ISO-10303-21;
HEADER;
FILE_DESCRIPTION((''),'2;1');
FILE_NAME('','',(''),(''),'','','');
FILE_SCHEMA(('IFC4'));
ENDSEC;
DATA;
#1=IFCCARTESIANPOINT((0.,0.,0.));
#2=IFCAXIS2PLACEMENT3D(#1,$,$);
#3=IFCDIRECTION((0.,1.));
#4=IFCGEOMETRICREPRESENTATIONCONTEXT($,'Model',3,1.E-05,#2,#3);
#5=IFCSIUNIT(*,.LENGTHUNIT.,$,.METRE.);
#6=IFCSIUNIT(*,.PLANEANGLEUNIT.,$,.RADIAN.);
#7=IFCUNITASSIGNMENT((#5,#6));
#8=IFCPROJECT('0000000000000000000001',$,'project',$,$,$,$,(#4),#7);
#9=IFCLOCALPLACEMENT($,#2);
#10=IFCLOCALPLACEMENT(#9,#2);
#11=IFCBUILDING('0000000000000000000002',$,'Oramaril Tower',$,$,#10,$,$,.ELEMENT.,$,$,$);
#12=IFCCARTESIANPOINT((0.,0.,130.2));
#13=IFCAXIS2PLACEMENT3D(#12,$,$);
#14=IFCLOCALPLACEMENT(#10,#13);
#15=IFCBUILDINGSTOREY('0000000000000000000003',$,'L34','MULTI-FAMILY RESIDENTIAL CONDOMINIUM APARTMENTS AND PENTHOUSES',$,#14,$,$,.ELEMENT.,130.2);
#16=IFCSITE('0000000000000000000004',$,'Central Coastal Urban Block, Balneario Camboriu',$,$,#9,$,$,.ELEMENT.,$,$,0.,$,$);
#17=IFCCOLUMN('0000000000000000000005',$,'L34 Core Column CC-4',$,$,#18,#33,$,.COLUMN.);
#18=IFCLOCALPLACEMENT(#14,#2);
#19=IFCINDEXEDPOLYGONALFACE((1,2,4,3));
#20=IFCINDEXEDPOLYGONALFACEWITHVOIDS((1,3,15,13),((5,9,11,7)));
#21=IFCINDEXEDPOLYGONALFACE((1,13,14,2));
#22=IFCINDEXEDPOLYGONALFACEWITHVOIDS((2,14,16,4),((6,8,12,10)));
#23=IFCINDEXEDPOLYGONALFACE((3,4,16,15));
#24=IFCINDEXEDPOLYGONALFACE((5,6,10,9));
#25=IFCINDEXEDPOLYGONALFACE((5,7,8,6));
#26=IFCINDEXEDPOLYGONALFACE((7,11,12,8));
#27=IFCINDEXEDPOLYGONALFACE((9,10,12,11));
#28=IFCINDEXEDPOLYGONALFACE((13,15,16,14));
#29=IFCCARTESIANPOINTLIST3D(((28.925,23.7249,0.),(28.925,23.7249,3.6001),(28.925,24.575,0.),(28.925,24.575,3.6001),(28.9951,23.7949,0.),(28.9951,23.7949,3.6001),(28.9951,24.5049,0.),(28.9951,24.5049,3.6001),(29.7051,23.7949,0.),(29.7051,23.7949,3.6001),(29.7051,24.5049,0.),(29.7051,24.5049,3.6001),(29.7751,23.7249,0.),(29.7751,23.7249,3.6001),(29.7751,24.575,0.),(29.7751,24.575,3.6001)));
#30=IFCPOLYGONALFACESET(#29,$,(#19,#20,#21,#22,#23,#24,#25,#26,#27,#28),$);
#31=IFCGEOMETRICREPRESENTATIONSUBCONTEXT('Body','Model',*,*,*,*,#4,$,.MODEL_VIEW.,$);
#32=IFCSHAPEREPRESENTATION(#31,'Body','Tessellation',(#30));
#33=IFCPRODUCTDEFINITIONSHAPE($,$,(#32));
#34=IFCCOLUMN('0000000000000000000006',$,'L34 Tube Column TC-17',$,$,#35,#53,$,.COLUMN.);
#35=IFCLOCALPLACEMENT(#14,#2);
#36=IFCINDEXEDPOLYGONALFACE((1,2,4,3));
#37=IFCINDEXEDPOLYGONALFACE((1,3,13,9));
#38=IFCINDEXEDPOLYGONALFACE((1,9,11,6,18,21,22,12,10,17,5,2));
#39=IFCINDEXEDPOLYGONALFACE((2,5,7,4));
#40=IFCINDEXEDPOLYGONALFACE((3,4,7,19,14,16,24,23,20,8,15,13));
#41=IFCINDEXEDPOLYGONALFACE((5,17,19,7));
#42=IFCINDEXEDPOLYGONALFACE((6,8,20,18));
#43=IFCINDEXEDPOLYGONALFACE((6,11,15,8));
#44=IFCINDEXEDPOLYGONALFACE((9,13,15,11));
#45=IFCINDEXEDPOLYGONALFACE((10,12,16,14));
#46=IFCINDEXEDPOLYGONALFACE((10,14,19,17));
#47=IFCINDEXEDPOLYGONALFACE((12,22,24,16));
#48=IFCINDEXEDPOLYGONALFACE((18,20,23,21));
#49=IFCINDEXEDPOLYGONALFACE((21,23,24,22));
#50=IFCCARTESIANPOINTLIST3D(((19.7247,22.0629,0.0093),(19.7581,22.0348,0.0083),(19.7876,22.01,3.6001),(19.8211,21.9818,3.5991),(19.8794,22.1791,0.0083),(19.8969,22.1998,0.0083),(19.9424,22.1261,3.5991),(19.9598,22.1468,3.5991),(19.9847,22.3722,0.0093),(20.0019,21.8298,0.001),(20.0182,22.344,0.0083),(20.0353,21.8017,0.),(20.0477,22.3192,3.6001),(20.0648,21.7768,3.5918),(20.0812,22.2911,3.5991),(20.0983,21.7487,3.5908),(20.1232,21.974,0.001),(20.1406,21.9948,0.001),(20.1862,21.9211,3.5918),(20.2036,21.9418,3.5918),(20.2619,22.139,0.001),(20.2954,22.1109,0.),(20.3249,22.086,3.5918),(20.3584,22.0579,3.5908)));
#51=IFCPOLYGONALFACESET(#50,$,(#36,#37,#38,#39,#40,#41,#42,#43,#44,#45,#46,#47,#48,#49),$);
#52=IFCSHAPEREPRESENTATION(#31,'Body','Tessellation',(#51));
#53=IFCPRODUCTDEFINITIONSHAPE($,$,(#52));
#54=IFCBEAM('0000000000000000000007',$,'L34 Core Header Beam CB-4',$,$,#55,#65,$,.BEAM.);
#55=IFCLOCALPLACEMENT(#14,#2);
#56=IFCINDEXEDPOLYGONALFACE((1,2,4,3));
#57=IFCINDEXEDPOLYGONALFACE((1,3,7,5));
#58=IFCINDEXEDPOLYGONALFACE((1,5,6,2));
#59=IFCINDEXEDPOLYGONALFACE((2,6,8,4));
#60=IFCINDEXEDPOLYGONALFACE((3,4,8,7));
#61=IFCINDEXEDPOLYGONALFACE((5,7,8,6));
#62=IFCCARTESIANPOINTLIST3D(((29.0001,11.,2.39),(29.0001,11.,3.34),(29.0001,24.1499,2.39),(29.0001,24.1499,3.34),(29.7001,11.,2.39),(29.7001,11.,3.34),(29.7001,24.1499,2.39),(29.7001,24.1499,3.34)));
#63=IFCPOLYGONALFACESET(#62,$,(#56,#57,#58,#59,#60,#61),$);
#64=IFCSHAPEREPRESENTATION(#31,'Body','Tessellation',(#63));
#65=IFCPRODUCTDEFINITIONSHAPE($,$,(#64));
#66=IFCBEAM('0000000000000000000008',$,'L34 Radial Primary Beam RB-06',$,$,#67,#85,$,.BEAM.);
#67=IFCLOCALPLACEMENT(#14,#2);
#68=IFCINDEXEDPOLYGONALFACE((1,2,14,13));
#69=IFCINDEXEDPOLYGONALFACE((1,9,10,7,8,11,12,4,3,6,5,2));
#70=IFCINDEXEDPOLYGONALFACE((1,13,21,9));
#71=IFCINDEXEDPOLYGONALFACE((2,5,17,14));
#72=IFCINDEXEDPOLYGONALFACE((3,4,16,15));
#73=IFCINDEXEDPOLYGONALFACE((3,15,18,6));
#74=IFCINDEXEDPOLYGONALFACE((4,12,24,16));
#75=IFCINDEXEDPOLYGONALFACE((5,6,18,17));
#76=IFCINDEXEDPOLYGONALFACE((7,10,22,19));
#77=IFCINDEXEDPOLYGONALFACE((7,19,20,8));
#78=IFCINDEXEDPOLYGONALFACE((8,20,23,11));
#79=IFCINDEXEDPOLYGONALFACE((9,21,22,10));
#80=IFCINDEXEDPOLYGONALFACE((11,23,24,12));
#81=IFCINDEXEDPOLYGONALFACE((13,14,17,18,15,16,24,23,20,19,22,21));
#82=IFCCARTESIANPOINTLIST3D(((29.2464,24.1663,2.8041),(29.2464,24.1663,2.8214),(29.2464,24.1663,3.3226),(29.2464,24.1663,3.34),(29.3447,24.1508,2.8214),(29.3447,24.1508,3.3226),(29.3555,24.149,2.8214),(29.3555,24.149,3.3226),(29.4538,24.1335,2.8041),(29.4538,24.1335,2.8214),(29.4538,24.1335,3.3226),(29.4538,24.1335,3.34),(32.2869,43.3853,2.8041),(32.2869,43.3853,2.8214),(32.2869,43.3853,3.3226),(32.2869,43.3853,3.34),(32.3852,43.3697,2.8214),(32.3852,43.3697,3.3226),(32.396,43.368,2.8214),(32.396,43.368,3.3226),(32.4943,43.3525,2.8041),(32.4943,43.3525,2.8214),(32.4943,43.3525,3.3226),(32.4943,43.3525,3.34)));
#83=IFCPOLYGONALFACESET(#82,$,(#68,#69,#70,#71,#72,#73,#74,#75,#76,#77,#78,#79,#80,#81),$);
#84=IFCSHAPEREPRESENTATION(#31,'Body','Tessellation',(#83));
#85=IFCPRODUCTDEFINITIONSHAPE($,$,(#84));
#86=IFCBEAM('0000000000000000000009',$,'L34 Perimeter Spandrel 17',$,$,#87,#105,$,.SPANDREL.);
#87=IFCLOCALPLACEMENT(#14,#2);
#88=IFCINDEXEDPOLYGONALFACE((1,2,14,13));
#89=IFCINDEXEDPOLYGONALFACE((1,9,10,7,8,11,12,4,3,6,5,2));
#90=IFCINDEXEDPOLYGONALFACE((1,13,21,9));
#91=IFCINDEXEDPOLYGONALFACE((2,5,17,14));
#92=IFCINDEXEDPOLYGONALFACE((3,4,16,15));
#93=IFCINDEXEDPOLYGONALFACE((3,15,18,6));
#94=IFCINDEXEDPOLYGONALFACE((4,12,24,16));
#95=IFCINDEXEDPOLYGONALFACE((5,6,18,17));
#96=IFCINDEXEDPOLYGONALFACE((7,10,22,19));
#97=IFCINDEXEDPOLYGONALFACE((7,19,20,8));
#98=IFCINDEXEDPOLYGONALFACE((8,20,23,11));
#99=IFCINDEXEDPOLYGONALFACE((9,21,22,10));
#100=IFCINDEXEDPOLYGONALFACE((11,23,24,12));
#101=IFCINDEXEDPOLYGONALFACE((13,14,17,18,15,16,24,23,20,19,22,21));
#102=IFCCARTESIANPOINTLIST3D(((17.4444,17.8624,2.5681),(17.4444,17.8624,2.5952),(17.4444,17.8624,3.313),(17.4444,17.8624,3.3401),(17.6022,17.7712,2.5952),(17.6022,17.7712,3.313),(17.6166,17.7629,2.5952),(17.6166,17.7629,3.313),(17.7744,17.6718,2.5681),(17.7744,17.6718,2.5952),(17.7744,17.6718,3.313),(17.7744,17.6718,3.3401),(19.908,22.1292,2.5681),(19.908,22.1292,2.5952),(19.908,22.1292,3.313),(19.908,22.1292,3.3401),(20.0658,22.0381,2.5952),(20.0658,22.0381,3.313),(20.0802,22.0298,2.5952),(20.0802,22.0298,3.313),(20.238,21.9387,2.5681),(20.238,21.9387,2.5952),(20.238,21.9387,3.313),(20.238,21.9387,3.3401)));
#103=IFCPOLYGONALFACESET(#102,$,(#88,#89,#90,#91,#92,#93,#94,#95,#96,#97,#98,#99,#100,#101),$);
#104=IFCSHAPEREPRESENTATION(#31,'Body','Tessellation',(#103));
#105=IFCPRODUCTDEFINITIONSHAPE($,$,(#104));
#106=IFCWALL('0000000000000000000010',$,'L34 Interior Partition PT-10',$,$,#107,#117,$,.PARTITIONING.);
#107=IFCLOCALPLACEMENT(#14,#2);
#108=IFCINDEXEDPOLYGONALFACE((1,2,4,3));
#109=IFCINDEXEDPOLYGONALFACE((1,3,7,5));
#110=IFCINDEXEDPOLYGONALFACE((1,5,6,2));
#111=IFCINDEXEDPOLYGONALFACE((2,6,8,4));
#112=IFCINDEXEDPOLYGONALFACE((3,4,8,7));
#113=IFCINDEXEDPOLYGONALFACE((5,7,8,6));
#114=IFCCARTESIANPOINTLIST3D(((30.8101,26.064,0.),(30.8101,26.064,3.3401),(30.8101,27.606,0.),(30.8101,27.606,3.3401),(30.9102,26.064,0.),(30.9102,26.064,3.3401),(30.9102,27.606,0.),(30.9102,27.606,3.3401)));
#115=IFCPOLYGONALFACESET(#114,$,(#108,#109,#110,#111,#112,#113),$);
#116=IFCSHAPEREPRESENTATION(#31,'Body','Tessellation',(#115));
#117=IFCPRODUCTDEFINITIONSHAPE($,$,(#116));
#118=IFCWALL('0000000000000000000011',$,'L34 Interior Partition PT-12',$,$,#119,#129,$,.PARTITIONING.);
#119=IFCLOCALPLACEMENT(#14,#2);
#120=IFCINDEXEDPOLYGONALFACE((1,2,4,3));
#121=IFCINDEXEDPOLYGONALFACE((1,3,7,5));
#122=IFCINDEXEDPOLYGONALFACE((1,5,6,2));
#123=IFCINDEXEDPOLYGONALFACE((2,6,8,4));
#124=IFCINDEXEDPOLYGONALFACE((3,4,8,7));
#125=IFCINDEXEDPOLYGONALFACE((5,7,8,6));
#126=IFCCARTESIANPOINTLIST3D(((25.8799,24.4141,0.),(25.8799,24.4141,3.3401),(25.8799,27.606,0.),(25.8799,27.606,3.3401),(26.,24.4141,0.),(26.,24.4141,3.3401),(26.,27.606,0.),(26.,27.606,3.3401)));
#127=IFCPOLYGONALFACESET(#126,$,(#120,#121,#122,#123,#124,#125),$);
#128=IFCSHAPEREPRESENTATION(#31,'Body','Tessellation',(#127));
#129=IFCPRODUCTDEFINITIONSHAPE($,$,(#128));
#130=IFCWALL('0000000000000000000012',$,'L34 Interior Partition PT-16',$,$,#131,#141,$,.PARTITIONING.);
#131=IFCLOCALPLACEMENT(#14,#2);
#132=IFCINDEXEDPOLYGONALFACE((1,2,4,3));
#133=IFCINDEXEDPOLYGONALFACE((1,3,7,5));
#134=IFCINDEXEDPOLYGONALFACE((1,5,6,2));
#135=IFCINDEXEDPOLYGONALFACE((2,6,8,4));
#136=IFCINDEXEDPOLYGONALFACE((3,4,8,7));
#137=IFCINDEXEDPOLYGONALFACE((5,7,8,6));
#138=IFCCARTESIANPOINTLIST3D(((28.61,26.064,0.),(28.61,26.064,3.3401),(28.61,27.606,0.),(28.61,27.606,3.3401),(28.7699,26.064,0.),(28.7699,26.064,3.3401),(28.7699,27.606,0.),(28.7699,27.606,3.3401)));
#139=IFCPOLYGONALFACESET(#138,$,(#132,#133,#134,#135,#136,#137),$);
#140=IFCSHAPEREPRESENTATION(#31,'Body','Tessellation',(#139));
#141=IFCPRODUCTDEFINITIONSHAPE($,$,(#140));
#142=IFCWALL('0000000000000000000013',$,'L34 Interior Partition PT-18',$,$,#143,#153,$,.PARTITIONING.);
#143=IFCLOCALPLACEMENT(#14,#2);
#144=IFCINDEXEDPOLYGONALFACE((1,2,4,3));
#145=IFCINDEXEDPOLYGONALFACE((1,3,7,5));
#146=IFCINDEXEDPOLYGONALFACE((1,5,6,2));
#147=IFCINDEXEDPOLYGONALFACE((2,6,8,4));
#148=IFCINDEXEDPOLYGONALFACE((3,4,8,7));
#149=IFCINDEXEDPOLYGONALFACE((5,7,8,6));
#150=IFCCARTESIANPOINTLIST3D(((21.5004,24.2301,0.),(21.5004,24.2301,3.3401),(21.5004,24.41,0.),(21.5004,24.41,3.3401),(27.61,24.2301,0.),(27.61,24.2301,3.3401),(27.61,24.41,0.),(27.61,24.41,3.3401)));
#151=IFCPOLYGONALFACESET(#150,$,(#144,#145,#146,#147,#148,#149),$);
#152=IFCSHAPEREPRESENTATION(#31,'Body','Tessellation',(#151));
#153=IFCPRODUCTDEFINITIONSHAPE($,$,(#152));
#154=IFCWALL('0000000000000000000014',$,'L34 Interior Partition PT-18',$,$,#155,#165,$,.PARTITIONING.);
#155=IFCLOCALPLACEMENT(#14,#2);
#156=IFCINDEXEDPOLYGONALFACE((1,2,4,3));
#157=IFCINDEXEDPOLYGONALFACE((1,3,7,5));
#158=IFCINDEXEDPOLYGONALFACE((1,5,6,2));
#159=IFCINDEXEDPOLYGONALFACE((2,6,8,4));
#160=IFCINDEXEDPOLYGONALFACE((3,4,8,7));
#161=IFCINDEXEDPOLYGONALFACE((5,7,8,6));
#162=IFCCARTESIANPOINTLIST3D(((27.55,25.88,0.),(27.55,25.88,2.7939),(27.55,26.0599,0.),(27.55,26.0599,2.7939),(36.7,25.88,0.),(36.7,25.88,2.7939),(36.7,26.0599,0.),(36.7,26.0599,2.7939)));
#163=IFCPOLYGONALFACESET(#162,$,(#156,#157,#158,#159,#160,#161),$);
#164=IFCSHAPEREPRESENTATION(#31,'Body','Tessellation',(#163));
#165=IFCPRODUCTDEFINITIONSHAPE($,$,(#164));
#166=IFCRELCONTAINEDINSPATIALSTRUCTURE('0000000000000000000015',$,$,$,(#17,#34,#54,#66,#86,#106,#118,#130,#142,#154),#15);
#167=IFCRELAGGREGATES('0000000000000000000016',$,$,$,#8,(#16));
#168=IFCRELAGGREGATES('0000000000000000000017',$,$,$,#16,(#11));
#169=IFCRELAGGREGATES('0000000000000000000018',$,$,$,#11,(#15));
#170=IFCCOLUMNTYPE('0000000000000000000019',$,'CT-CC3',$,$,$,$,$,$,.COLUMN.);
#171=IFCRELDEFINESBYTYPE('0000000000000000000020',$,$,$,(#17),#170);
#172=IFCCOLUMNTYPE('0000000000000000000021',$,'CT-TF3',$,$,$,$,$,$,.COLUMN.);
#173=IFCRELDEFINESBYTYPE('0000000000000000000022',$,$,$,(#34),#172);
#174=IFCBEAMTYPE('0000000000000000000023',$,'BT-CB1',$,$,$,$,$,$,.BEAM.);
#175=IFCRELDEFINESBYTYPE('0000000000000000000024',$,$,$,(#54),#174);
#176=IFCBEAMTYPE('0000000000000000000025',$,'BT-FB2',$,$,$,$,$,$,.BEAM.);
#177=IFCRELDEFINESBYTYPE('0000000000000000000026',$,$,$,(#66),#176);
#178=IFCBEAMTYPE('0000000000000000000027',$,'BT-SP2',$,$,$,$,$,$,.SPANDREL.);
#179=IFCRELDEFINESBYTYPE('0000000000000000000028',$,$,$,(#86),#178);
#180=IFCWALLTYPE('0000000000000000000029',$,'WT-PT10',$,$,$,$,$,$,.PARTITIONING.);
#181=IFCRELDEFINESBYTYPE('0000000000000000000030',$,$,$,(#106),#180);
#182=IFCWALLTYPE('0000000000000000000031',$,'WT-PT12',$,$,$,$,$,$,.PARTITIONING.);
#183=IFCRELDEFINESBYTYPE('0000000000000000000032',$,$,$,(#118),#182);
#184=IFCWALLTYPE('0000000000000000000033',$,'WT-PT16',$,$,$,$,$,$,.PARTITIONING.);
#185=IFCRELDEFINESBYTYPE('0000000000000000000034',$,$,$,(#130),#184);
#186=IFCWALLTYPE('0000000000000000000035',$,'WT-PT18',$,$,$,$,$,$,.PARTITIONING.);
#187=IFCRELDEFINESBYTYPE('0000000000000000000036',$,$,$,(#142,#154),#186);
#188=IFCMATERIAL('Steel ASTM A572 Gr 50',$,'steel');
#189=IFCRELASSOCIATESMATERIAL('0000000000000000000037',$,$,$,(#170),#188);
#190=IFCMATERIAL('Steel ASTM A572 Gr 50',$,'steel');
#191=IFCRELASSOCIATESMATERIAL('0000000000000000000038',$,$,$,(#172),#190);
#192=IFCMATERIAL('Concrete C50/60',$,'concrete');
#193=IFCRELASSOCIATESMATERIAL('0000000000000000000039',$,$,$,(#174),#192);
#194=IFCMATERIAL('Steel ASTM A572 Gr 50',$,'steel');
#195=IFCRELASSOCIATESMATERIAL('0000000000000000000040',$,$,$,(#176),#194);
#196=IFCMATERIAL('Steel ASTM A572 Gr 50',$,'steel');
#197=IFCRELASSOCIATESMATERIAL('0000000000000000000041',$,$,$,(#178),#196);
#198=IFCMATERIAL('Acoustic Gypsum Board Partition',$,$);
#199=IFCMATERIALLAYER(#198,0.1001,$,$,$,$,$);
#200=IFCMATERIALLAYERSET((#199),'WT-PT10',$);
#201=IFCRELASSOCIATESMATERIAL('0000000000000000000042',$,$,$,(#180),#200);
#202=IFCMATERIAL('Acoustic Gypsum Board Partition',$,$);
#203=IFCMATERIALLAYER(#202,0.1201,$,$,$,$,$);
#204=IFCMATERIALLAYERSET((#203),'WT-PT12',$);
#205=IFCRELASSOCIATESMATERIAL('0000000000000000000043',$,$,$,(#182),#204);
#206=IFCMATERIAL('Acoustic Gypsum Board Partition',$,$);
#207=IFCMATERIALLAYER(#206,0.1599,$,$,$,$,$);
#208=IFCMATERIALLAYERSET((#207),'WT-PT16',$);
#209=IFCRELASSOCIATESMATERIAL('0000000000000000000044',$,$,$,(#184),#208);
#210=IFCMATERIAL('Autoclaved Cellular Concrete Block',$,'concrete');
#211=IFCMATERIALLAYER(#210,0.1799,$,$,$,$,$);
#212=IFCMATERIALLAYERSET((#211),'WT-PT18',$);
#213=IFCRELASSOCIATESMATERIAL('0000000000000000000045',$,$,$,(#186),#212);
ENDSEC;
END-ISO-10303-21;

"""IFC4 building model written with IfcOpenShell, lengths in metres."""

from ifc_helpers import new_model, si_unit, direction, frame, frame_2d, origin, origin_2d, place, context, subcontext, project, spatial, rectangle, hollow_rectangle, i_section, extrude, material, layer, layer_set, material_profile, profile_set, type_object, element, save


model = new_model("IFC4")

# Units and contexts
model_context = context("Model", 3, precision=1e-05, world=origin(), true_north=direction((0.0, 1.0)))
body_context = subcontext(model_context, "Body", "Model", "MODEL_VIEW")
ifc_project = project(units=[si_unit("LENGTHUNIT", "METRE"), si_unit("PLANEANGLEUNIT", "RADIAN")], contexts=[model_context])

# Site, building, storey
site_placement = place(None, origin())
site = spatial("IfcSite", under=ifc_project, at=site_placement, Name="Central Coastal Urban Block, Balneario Camboriu", CompositionType="ELEMENT", RefElevation=0.0)
building_placement = place(site_placement, origin())
building = spatial("IfcBuilding", under=site, at=building_placement, Name="Oramaril Tower", CompositionType="ELEMENT")
storey_placement = place(building_placement, frame((0.0, 0.0, 130.2)))
storey = spatial("IfcBuildingStorey", under=building, at=storey_placement, Name="L34", Description="MULTI-FAMILY RESIDENTIAL CONDOMINIUM APARTMENTS AND PENTHOUSES", CompositionType="ELEMENT", Elevation=130.2)

# Columns
ifc_material_1 = material(Name="Steel ASTM A572 Gr 50", Category="steel")
ifc_material_profile_1 = material_profile(ifc_material_1, hollow_rectangle(XDim=0.8501, YDim=0.8501, WallThickness=0.0701, at=origin_2d()), Name="BOX850X850X70")
ifc_profile_set_1 = profile_set([ifc_material_profile_1], Name="Steel ASTM A572 Gr 50")
column_type_1 = type_object("IfcColumnType", Name="CT-CC3", PredefinedType="COLUMN", material=ifc_profile_set_1)
column_1_placement = place(storey_placement, frame((29.3501, 24.1499, 0.0), z_axis=(0.0, 0.0, 1.0), x_axis=(1.0, 0.0, 0.0)))
element("IfcColumn", 1, at=column_1_placement, inside=storey, type_object=column_type_1, Name="L34 Core Column CC-4", PredefinedType="COLUMN", context=body_context, shape_type="SweptSolid", body=[
    extrude(hollow_rectangle(XDim=0.8501, YDim=0.8501, WallThickness=0.0701, at=origin_2d()), origin(), (0.0, 0.0, 1.0), 3.6001),
])
ifc_material_2 = material(Name="Steel ASTM A572 Gr 50", Category="steel")
ifc_material_profile_2 = material_profile(ifc_material_2, i_section(OverallWidth=0.4041, OverallDepth=0.406, WebThickness=0.0271, FlangeThickness=0.0437, at=origin_2d()), Name="W14X233")
ifc_profile_set_2 = profile_set([ifc_material_profile_2], Name="Steel ASTM A572 Gr 50")
column_type_2 = type_object("IfcColumnType", Name="CT-TF3", PredefinedType="COLUMN", material=ifc_profile_set_2)
column_2_placement = place(storey_placement, frame((20.01, 22.0869, 0.0046), z_axis=(0.017537, -0.01475, 0.999737), x_axis=(0.643679, 0.765296, 0.0)))
element("IfcColumn", 2, at=column_2_placement, inside=storey, type_object=column_type_2, Name="L34 Tube Column TC-17", PredefinedType="COLUMN", context=body_context, shape_type="SweptSolid", body=[
    extrude(i_section(OverallWidth=0.4041, OverallDepth=0.406, WebThickness=0.0271, FlangeThickness=0.0437, at=origin_2d()), origin(), (0.0, 0.0, 1.0), 3.5918),
])

# Beams
ifc_material_3 = material(Name="Concrete C50/60", Category="concrete")
ifc_material_profile_3 = material_profile(ifc_material_3, rectangle(XDim=0.7, YDim=0.95, at=origin_2d()), Name="CB700X950")
ifc_profile_set_3 = profile_set([ifc_material_profile_3], Name="Concrete C50/60")
beam_type_1 = type_object("IfcBeamType", Name="BT-CB1", PredefinedType="BEAM", material=ifc_profile_set_3)
beam_1_placement = place(storey_placement, frame((29.3501, 24.1499, 2.865), z_axis=(0.0, -1.0, 0.0), x_axis=(1.0, 0.0, 0.0)))
element("IfcBeam", 3, at=beam_1_placement, inside=storey, type_object=beam_type_1, Name="L34 Core Header Beam CB-4", PredefinedType="BEAM", context=body_context, shape_type="SweptSolid", body=[
    extrude(rectangle(XDim=0.7, YDim=0.95, at=origin_2d()), origin(), (0.0, 0.0, 1.0), 13.1499),
])
ifc_material_4 = material(Name="Steel ASTM A572 Gr 50", Category="steel")
ifc_material_profile_4 = material_profile(ifc_material_4, i_section(OverallWidth=0.21, OverallDepth=0.5359, WebThickness=0.011, FlangeThickness=0.0173, at=origin_2d()), Name="W21X68")
ifc_profile_set_4 = profile_set([ifc_material_profile_4], Name="Steel ASTM A572 Gr 50")
beam_type_2 = type_object("IfcBeamType", Name="BT-FB2", PredefinedType="BEAM", material=ifc_profile_set_4)
beam_2_placement = place(storey_placement, frame((29.3501, 24.1499, 3.072), z_axis=(0.156261, 0.987716, 0.0), x_axis=(-0.987716, 0.156261, 0.0)))
element("IfcBeam", 4, at=beam_2_placement, inside=storey, type_object=beam_type_2, Name="L34 Radial Primary Beam RB-06", PredefinedType="BEAM", context=body_context, shape_type="SweptSolid", body=[
    extrude(i_section(OverallWidth=0.21, OverallDepth=0.5359, WebThickness=0.011, FlangeThickness=0.0173, at=origin_2d()), origin(), (0.0, 0.0, 1.0), 19.458),
])
ifc_material_5 = material(Name="Steel ASTM A572 Gr 50", Category="steel")
ifc_material_profile_5 = material_profile(ifc_material_5, i_section(OverallWidth=0.3811, OverallDepth=0.772, WebThickness=0.0166, FlangeThickness=0.0271, at=origin_2d()), Name="W30X173")
ifc_profile_set_5 = profile_set([ifc_material_profile_5], Name="Steel ASTM A572 Gr 50")
beam_type_3 = type_object("IfcBeamType", Name="BT-SP2", PredefinedType="SPANDREL", material=ifc_profile_set_5)
beam_3_placement = place(storey_placement, frame((20.073, 22.0339, 2.9541), z_axis=(-0.500024, -0.866011, 0.0), x_axis=(0.866011, -0.500024, 0.0)))
element("IfcBeam", 5, at=beam_3_placement, inside=storey, type_object=beam_type_3, Name="L34 Perimeter Spandrel 17", PredefinedType="SPANDREL", context=body_context, shape_type="SweptSolid", body=[
    extrude(i_section(OverallWidth=0.3811, OverallDepth=0.772, WebThickness=0.0166, FlangeThickness=0.0271, at=origin_2d()), origin(), (0.0, 0.0, 1.0), 4.927),
])

# Walls
ifc_material_6 = material(Name="Acoustic Gypsum Board Partition")
ifc_layer_1 = layer(ifc_material_6, 0.1001)
ifc_layer_set_1 = layer_set([ifc_layer_1], Name="WT-PT10")
wall_type_1 = type_object("IfcWallType", Name="WT-PT10", PredefinedType="PARTITIONING", material=ifc_layer_set_1)
wall_1_placement = place(storey_placement, frame((30.8601, 26.064, 0.0), z_axis=(0.0, 0.0, 1.0), x_axis=(0.0, 1.0, 0.0)))
element("IfcWall", 6, at=wall_1_placement, inside=storey, type_object=wall_type_1, Name="L34 Interior Partition PT-10", PredefinedType="PARTITIONING", context=body_context, shape_type="SweptSolid", body=[
    extrude(rectangle(XDim=1.542, YDim=0.1001, at=frame_2d((0.771, 0.0))), origin(), (0.0, 0.0, 1.0), 3.3401),
])
ifc_material_7 = material(Name="Acoustic Gypsum Board Partition")
ifc_layer_2 = layer(ifc_material_7, 0.1201)
ifc_layer_set_2 = layer_set([ifc_layer_2], Name="WT-PT12")
wall_type_2 = type_object("IfcWallType", Name="WT-PT12", PredefinedType="PARTITIONING", material=ifc_layer_set_2)
wall_2_placement = place(storey_placement, frame((25.9399, 24.4141, 0.0), z_axis=(0.0, 0.0, 1.0), x_axis=(0.0, 1.0, 0.0)))
element("IfcWall", 7, at=wall_2_placement, inside=storey, type_object=wall_type_2, Name="L34 Interior Partition PT-12", PredefinedType="PARTITIONING", context=body_context, shape_type="SweptSolid", body=[
    extrude(rectangle(XDim=3.1919, YDim=0.1201, at=frame_2d((1.5959, 0.0))), origin(), (0.0, 0.0, 1.0), 3.3401),
])
ifc_material_8 = material(Name="Acoustic Gypsum Board Partition")
ifc_layer_3 = layer(ifc_material_8, 0.1599)
ifc_layer_set_3 = layer_set([ifc_layer_3], Name="WT-PT16")
wall_type_3 = type_object("IfcWallType", Name="WT-PT16", PredefinedType="PARTITIONING", material=ifc_layer_set_3)
wall_3_placement = place(storey_placement, frame((28.6899, 26.064, 0.0), z_axis=(0.0, 0.0, 1.0), x_axis=(0.0, 1.0, 0.0)))
element("IfcWall", 8, at=wall_3_placement, inside=storey, type_object=wall_type_3, Name="L34 Interior Partition PT-16", PredefinedType="PARTITIONING", context=body_context, shape_type="SweptSolid", body=[
    extrude(rectangle(XDim=1.542, YDim=0.1599, at=frame_2d((0.771, 0.0))), origin(), (0.0, 0.0, 1.0), 3.3401),
])
ifc_material_9 = material(Name="Autoclaved Cellular Concrete Block", Category="concrete")
ifc_layer_4 = layer(ifc_material_9, 0.1799)
ifc_layer_set_4 = layer_set([ifc_layer_4], Name="WT-PT18")
wall_type_4 = type_object("IfcWallType", Name="WT-PT18", PredefinedType="PARTITIONING", material=ifc_layer_set_4)
wall_4_placement = place(storey_placement, frame((21.5005, 24.3201, 0.0), z_axis=(0.0, 0.0, 1.0), x_axis=(1.0, 0.0, 0.0)))
element("IfcWall", 9, at=wall_4_placement, inside=storey, type_object=wall_type_4, Name="L34 Interior Partition PT-18", PredefinedType="PARTITIONING", context=body_context, shape_type="SweptSolid", body=[
    extrude(rectangle(XDim=6.1096, YDim=0.1799, at=frame_2d((3.0547, 0.0))), origin(), (0.0, 0.0, 1.0), 3.3401),
])
wall_5_placement = place(storey_placement, frame((27.55, 25.97, 0.0), z_axis=(0.0, 0.0, 1.0), x_axis=(1.0, 0.0, 0.0)))
element("IfcWall", 10, at=wall_5_placement, inside=storey, type_object=wall_type_4, Name="L34 Interior Partition PT-18", PredefinedType="PARTITIONING", context=body_context, shape_type="SweptSolid", body=[
    extrude(rectangle(XDim=9.1499, YDim=0.1799, at=frame_2d((4.575, 0.0))), origin(), (0.0, 0.0, 1.0), 2.7939),
])

save(model, "model.ifc")
